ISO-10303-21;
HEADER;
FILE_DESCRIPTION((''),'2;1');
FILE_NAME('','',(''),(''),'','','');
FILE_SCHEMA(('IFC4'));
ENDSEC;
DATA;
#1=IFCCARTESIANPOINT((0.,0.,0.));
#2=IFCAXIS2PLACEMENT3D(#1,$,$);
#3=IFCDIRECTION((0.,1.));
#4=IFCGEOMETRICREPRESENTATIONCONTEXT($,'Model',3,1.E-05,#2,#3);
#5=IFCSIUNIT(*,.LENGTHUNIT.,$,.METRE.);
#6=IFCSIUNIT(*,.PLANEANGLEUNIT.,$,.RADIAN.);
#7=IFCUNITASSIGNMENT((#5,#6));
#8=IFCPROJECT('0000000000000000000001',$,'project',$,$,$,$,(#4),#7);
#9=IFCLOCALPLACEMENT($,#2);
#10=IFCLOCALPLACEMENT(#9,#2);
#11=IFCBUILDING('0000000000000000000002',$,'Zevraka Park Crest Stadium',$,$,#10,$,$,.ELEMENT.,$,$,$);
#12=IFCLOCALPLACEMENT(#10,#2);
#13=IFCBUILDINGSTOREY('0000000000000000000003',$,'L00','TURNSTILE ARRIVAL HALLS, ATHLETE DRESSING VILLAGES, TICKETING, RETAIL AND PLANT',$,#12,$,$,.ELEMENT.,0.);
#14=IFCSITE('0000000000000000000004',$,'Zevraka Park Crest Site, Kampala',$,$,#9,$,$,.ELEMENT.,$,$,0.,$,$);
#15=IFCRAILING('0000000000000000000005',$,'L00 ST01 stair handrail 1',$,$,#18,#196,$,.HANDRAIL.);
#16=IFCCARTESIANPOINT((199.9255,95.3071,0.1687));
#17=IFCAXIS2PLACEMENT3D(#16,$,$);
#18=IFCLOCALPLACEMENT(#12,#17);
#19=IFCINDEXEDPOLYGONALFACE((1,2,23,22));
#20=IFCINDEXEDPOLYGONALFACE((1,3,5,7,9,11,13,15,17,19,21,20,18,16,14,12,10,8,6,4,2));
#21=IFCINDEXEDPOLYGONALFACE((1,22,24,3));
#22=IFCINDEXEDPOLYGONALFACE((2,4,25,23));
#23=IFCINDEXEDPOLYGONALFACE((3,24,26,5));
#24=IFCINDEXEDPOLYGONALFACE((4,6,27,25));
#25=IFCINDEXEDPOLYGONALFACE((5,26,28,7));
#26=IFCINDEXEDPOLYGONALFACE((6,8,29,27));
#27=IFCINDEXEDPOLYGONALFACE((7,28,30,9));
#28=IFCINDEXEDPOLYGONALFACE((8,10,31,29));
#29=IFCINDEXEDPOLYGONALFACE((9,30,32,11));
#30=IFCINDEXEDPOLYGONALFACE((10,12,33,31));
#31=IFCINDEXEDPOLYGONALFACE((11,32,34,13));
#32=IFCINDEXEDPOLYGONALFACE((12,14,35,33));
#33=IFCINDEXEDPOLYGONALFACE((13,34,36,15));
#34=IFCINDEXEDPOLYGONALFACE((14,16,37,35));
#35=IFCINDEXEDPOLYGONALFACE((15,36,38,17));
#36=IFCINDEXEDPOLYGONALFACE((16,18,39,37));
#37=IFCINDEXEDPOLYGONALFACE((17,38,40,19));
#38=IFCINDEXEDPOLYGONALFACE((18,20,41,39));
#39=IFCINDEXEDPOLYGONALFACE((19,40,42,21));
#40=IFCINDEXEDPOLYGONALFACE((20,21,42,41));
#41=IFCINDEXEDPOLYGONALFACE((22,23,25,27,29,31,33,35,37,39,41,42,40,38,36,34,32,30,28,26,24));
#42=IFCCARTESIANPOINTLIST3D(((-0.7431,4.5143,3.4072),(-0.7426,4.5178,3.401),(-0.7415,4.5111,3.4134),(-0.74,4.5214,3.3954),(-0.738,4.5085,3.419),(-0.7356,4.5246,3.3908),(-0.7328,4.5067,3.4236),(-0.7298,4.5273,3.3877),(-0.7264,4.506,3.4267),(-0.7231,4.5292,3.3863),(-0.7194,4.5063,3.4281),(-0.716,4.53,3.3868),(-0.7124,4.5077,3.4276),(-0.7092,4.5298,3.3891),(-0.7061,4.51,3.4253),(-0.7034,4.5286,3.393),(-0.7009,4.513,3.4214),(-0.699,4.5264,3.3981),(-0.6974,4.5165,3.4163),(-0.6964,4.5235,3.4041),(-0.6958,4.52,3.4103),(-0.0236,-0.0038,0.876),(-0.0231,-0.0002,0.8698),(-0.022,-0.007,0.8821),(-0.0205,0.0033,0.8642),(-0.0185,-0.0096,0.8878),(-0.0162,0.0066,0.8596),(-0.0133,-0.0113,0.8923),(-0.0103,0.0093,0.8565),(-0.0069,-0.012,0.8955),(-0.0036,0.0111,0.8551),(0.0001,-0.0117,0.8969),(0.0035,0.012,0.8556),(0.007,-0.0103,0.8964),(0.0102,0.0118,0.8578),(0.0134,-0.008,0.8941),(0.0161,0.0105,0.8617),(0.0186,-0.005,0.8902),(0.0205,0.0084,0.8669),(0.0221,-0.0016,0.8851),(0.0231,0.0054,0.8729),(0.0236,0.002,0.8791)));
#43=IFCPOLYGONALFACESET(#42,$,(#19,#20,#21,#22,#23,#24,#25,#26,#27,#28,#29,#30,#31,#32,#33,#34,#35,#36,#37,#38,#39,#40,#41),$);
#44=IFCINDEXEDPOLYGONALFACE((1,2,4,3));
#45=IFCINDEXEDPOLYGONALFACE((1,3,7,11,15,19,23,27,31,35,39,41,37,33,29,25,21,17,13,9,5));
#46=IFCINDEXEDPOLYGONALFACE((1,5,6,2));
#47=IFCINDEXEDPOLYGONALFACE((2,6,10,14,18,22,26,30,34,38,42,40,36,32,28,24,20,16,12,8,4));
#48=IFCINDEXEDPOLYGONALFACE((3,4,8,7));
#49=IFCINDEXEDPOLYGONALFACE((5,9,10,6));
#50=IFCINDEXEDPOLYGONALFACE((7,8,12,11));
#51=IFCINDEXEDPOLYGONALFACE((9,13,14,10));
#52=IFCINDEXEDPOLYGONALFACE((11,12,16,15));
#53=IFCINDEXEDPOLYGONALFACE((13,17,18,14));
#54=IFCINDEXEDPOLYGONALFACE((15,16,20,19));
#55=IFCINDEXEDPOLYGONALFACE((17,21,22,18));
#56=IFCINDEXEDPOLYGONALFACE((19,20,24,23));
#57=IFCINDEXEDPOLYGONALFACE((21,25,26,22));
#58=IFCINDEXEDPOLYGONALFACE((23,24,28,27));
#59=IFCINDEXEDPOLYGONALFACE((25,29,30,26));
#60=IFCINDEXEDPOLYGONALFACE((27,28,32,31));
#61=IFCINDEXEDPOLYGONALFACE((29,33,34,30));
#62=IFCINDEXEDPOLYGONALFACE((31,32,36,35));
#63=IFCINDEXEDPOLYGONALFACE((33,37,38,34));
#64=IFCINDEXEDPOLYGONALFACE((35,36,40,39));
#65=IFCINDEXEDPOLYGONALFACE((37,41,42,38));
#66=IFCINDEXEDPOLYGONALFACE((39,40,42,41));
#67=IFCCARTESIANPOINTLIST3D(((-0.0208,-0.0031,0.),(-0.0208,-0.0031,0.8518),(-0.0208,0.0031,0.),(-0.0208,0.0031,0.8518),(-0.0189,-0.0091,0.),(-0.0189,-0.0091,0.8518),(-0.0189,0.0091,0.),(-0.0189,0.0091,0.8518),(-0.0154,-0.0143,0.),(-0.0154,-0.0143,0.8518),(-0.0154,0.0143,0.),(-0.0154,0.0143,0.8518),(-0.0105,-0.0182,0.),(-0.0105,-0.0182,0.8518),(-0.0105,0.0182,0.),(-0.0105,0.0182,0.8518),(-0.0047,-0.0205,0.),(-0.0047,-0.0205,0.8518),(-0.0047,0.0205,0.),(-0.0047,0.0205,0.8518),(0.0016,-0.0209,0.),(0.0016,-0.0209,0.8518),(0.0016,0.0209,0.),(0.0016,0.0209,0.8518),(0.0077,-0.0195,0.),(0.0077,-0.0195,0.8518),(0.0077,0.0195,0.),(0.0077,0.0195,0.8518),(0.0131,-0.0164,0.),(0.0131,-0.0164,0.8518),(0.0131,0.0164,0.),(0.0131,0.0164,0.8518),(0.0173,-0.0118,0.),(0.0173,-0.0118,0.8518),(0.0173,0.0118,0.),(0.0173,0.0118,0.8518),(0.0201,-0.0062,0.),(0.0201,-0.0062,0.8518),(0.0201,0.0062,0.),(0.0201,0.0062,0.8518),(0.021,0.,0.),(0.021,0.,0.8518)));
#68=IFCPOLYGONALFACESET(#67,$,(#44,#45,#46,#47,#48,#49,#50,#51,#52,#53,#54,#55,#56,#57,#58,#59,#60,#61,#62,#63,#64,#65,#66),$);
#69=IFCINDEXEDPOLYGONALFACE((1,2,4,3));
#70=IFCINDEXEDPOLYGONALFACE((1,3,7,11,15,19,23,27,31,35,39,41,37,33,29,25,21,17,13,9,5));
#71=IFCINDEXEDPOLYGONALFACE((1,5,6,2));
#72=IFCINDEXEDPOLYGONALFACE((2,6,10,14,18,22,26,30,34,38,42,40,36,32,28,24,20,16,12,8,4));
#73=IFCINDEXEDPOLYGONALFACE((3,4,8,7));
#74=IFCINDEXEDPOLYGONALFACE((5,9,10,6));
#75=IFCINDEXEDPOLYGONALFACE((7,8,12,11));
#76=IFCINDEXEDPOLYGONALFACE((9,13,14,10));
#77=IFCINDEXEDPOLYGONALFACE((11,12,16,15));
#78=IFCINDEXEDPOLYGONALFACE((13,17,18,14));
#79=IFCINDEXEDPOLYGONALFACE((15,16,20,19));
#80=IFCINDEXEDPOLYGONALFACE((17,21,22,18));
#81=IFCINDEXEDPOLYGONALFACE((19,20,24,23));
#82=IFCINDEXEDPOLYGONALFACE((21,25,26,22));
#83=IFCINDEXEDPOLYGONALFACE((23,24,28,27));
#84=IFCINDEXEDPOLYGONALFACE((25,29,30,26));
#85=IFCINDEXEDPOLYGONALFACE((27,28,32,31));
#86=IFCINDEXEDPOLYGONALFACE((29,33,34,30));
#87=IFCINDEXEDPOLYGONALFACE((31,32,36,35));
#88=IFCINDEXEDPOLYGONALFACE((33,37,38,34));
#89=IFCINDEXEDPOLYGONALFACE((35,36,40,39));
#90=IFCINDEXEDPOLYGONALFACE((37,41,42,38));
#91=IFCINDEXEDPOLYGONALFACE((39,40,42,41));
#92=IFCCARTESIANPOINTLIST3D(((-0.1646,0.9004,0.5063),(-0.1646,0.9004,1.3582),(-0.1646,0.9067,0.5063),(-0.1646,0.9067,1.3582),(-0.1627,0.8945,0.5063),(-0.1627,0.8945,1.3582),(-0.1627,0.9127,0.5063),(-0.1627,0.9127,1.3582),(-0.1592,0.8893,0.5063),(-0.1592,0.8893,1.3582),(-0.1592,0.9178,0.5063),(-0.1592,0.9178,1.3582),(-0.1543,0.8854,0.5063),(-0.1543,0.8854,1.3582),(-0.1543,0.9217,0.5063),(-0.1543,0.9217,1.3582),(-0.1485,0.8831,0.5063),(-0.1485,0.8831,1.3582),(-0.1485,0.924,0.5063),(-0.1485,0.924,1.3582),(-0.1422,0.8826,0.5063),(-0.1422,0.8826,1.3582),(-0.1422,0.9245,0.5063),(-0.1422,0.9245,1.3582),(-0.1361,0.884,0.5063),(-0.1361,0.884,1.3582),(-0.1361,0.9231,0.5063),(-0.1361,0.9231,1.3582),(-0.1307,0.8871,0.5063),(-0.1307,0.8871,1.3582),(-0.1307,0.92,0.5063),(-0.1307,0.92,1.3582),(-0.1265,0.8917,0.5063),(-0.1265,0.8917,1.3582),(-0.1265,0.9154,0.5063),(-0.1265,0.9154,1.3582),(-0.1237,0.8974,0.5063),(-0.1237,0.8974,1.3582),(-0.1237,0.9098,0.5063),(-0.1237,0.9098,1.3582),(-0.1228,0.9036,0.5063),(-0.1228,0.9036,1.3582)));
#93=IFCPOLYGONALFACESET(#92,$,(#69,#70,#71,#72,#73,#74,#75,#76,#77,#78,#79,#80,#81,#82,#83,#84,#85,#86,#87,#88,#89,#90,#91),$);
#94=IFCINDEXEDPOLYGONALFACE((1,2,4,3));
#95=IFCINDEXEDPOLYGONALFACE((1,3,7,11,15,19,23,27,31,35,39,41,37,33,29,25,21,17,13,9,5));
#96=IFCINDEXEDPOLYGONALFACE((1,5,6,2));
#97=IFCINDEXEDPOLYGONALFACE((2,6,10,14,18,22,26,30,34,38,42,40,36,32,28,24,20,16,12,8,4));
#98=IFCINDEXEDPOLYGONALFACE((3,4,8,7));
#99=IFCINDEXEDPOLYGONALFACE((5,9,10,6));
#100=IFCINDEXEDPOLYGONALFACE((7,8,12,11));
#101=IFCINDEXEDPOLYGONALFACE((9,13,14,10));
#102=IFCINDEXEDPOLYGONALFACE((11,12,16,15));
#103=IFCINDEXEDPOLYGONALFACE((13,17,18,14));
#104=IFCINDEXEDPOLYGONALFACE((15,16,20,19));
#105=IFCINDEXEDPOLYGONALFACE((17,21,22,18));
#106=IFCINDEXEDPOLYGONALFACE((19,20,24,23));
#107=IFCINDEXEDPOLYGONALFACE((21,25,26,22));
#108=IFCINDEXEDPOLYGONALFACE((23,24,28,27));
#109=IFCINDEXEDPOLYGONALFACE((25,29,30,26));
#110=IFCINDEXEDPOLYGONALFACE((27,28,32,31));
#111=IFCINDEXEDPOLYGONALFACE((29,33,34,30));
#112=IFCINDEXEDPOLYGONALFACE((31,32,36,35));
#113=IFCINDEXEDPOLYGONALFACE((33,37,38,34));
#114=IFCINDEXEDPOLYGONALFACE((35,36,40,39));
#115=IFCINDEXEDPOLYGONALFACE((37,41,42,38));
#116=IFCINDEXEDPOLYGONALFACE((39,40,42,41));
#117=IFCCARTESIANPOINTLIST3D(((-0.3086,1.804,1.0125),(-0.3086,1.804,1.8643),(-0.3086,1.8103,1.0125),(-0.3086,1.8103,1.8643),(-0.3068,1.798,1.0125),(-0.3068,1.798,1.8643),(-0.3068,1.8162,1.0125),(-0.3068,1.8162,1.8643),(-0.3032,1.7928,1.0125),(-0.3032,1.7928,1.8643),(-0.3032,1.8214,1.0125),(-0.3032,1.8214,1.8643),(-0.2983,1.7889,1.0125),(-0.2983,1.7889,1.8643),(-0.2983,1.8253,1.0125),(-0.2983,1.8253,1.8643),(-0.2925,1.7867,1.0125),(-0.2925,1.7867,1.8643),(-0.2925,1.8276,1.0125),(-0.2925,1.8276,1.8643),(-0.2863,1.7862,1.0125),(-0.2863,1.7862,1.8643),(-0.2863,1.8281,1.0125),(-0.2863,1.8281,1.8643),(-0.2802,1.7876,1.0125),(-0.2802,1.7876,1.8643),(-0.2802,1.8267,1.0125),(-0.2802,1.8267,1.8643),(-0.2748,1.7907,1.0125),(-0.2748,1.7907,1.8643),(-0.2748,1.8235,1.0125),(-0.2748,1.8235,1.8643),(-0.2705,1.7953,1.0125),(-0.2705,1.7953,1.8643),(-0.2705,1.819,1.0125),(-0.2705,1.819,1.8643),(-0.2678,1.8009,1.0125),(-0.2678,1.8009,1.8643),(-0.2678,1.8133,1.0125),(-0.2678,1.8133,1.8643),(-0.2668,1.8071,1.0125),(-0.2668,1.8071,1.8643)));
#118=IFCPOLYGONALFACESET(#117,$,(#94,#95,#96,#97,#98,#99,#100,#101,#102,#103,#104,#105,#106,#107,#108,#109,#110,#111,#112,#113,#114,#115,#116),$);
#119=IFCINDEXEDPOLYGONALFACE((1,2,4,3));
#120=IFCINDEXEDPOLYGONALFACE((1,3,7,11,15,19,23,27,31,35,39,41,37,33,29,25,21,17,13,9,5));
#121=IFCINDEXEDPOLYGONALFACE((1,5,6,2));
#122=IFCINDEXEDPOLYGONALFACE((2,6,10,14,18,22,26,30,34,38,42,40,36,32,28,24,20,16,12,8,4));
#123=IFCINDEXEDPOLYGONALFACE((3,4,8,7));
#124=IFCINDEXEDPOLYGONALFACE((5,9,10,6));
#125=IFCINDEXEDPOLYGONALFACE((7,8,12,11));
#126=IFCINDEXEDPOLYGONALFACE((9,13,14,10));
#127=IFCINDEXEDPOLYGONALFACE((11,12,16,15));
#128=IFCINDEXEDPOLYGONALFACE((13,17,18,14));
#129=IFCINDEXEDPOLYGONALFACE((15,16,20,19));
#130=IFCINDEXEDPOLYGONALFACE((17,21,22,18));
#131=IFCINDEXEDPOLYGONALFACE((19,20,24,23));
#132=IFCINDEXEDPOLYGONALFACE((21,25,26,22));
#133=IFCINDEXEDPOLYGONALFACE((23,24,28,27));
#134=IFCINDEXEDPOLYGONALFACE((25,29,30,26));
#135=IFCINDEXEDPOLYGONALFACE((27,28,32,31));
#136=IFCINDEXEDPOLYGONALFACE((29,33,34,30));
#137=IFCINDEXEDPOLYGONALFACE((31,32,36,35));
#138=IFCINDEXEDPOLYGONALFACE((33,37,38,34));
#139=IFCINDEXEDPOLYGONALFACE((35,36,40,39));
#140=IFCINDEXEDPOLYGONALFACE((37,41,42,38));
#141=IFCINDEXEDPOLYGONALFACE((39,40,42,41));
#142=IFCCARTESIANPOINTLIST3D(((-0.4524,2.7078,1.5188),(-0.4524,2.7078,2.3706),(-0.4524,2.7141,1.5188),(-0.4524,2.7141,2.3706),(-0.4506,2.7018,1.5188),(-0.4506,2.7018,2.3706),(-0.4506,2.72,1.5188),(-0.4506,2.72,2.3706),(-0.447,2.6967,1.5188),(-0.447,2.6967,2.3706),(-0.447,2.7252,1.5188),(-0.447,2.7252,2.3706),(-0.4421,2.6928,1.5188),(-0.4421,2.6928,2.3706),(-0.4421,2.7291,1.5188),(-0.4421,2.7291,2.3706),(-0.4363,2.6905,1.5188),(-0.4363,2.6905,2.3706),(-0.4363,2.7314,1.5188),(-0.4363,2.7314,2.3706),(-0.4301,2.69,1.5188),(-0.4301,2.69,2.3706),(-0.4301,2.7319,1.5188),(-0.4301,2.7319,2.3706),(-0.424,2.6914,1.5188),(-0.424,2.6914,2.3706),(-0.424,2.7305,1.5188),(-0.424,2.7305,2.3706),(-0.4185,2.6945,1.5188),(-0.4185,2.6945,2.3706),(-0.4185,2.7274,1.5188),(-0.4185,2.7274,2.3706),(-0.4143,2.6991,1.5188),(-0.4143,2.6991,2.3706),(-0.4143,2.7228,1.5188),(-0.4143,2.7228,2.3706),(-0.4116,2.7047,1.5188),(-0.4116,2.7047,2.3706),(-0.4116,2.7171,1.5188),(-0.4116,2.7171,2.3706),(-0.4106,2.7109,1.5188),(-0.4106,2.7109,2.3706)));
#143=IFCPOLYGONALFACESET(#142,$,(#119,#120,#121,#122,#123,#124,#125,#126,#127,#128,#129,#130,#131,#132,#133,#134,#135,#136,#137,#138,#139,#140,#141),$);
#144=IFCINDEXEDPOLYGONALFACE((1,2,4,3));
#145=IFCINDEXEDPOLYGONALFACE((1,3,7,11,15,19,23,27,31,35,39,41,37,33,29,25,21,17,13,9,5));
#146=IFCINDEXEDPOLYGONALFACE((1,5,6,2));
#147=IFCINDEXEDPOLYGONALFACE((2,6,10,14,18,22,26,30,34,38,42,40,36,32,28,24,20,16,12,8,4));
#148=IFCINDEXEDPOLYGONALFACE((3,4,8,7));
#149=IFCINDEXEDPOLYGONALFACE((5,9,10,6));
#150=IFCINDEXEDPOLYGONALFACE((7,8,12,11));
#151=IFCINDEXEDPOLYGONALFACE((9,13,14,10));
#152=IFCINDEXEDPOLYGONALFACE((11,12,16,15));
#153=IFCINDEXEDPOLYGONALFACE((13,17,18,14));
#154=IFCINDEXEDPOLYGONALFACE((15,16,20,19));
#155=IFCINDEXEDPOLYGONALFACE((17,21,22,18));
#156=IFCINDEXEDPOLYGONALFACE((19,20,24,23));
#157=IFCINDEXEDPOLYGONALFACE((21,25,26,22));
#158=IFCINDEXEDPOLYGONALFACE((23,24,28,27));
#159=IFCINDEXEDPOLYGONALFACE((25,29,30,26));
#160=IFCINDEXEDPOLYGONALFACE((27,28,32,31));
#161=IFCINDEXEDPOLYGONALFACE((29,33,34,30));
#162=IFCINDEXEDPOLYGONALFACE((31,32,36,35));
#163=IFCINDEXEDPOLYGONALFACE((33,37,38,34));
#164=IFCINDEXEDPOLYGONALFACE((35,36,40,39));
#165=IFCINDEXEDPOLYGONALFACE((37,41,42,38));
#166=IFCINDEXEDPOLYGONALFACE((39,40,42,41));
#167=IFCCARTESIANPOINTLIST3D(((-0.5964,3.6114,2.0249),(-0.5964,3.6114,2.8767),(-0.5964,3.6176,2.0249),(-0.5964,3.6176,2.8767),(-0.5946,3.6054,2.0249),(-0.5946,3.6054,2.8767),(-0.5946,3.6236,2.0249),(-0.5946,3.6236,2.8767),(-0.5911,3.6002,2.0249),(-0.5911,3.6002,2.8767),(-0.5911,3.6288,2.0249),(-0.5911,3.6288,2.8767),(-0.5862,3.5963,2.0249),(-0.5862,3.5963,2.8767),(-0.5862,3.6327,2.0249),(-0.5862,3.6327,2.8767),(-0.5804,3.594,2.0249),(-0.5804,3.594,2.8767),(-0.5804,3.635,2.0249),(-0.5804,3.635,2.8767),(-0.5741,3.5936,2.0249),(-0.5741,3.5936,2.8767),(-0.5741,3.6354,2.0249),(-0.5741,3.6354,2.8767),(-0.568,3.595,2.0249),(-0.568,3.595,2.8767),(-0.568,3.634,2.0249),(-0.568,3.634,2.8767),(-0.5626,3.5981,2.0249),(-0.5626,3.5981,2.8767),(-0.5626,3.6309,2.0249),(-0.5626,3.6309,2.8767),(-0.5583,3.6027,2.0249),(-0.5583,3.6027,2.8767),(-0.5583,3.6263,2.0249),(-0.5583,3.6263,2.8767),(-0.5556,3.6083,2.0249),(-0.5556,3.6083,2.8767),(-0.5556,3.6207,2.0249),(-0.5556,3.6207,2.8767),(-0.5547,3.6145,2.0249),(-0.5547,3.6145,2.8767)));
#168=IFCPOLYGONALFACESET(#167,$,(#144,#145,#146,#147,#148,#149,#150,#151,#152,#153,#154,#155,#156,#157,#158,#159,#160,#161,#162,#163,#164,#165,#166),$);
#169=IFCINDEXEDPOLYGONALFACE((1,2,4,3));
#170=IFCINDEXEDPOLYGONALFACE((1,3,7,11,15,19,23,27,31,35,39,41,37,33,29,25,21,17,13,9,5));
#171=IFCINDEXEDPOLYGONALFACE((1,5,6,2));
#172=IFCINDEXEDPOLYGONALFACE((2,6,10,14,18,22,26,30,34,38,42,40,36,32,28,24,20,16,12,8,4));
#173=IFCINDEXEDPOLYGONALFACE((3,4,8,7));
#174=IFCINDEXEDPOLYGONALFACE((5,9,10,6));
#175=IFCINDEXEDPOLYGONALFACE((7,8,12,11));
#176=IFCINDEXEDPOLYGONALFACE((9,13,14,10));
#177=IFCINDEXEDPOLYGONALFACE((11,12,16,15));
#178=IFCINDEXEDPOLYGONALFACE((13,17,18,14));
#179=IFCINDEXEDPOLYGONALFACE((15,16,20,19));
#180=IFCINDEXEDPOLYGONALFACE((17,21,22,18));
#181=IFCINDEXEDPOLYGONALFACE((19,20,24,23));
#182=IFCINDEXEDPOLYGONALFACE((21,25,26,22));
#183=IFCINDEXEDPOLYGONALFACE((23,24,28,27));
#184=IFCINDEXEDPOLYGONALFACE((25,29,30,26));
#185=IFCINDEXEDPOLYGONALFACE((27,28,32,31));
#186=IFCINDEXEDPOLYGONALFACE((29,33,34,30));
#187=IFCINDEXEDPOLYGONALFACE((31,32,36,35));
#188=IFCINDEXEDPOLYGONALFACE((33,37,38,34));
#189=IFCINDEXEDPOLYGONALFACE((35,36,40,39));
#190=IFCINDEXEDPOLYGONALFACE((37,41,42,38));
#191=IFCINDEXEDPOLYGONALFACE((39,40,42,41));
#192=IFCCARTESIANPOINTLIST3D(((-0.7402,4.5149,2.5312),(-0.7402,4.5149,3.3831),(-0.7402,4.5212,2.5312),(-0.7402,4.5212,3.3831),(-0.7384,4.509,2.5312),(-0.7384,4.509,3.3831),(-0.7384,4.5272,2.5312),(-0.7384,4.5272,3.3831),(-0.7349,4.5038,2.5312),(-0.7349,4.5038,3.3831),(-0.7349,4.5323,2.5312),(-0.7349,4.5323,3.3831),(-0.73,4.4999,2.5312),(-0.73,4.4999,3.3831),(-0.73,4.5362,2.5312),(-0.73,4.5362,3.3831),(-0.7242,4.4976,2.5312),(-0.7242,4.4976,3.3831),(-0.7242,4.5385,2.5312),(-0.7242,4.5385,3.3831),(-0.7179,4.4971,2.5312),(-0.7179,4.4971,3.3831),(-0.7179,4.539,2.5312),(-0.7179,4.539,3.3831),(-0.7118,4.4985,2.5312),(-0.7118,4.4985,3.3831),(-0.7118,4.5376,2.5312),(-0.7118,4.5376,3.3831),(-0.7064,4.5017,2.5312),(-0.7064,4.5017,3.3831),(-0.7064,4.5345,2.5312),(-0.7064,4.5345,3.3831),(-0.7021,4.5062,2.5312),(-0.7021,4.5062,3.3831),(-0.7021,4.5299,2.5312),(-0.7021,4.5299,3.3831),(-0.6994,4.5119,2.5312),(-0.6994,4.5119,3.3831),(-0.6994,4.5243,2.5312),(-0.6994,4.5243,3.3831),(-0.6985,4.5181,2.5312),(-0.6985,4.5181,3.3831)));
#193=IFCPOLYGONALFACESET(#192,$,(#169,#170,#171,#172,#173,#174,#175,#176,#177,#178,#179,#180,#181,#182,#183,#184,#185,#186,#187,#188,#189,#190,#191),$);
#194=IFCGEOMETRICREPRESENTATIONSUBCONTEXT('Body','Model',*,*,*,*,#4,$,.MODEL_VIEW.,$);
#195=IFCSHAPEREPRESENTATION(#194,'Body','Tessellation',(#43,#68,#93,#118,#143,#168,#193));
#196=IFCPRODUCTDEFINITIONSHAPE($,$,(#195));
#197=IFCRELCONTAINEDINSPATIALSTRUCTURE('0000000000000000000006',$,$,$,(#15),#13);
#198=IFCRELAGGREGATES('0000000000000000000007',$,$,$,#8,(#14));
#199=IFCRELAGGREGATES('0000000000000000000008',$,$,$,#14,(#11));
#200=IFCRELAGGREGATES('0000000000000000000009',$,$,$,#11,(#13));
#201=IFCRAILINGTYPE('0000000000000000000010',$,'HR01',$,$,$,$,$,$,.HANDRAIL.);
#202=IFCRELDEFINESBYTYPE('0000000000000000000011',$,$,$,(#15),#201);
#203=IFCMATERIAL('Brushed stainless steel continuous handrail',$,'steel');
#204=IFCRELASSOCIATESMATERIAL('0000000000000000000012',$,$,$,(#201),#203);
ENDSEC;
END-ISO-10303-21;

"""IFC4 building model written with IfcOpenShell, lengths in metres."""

from ifc_helpers import new_model, si_unit, direction, frame, origin, origin_2d, place, context, subcontext, project, spatial, circle, extrude, material, type_object, element, save


model = new_model("IFC4")

# Units and contexts
model_context = context("Model", 3, precision=1e-05, world=origin(), true_north=direction((0.0, 1.0)))
body_context = subcontext(model_context, "Body", "Model", "MODEL_VIEW")
ifc_project = project(units=[si_unit("LENGTHUNIT", "METRE"), si_unit("PLANEANGLEUNIT", "RADIAN")], contexts=[model_context])

# Site, building, storey
site_placement = place(None, origin())
site = spatial("IfcSite", under=ifc_project, at=site_placement, Name="Zevraka Park Crest Site, Kampala", CompositionType="ELEMENT", RefElevation=0.0)
building_placement = place(site_placement, origin())
building = spatial("IfcBuilding", under=site, at=building_placement, Name="Zevraka Park Crest Stadium", CompositionType="ELEMENT")
storey_placement = place(building_placement, origin())
storey = spatial("IfcBuildingStorey", under=building, at=storey_placement, Name="L00", Description="TURNSTILE ARRIVAL HALLS, ATHLETE DRESSING VILLAGES, TICKETING, RETAIL AND PLANT", CompositionType="ELEMENT", Elevation=0.0)

# Railing
ifc_material_1 = material(Name="Brushed stainless steel continuous handrail", Category="steel")
railing_type_1 = type_object("IfcRailingType", Name="HR01", PredefinedType="HANDRAIL", material=ifc_material_1)
railing_1_placement = place(storey_placement, frame((199.9255, 95.3071, 0.1687)))
element("IfcRailing", 1, at=railing_1_placement, inside=storey, type_object=railing_type_1, Name="L00 ST01 stair handrail 1", PredefinedType="HANDRAIL", context=body_context, shape_type="SweptSolid", body=[
    extrude(circle(Radius=0.0239, at=origin_2d()), frame((0.0, 0.0, 0.876), z_axis=(-0.137606, 0.864113, 0.48412), x_axis=(-0.987557, -0.157264, 0.0)), (0.0, 0.0, 1.0), 5.2285),
    extrude(circle(Radius=0.021, at=origin_2d()), origin(), (0.0, 0.0, 1.0), 0.8518),
    extrude(circle(Radius=0.021, at=origin_2d()), frame((-0.1438, 0.9036, 0.5063)), (0.0, 0.0, 1.0), 0.8518),
    extrude(circle(Radius=0.021, at=origin_2d()), frame((-0.2878, 1.8071, 1.0125)), (0.0, 0.0, 1.0), 0.8518),
    extrude(circle(Radius=0.021, at=origin_2d()), frame((-0.4316, 2.7109, 1.5188)), (0.0, 0.0, 1.0), 0.8518),
    extrude(circle(Radius=0.021, at=origin_2d()), frame((-0.5757, 3.6145, 2.0249)), (0.0, 0.0, 1.0), 0.8518),
    extrude(circle(Radius=0.021, at=origin_2d()), frame((-0.7195, 4.5181, 2.5312)), (0.0, 0.0, 1.0), 0.8518),
])

save(model, "model.ifc")
